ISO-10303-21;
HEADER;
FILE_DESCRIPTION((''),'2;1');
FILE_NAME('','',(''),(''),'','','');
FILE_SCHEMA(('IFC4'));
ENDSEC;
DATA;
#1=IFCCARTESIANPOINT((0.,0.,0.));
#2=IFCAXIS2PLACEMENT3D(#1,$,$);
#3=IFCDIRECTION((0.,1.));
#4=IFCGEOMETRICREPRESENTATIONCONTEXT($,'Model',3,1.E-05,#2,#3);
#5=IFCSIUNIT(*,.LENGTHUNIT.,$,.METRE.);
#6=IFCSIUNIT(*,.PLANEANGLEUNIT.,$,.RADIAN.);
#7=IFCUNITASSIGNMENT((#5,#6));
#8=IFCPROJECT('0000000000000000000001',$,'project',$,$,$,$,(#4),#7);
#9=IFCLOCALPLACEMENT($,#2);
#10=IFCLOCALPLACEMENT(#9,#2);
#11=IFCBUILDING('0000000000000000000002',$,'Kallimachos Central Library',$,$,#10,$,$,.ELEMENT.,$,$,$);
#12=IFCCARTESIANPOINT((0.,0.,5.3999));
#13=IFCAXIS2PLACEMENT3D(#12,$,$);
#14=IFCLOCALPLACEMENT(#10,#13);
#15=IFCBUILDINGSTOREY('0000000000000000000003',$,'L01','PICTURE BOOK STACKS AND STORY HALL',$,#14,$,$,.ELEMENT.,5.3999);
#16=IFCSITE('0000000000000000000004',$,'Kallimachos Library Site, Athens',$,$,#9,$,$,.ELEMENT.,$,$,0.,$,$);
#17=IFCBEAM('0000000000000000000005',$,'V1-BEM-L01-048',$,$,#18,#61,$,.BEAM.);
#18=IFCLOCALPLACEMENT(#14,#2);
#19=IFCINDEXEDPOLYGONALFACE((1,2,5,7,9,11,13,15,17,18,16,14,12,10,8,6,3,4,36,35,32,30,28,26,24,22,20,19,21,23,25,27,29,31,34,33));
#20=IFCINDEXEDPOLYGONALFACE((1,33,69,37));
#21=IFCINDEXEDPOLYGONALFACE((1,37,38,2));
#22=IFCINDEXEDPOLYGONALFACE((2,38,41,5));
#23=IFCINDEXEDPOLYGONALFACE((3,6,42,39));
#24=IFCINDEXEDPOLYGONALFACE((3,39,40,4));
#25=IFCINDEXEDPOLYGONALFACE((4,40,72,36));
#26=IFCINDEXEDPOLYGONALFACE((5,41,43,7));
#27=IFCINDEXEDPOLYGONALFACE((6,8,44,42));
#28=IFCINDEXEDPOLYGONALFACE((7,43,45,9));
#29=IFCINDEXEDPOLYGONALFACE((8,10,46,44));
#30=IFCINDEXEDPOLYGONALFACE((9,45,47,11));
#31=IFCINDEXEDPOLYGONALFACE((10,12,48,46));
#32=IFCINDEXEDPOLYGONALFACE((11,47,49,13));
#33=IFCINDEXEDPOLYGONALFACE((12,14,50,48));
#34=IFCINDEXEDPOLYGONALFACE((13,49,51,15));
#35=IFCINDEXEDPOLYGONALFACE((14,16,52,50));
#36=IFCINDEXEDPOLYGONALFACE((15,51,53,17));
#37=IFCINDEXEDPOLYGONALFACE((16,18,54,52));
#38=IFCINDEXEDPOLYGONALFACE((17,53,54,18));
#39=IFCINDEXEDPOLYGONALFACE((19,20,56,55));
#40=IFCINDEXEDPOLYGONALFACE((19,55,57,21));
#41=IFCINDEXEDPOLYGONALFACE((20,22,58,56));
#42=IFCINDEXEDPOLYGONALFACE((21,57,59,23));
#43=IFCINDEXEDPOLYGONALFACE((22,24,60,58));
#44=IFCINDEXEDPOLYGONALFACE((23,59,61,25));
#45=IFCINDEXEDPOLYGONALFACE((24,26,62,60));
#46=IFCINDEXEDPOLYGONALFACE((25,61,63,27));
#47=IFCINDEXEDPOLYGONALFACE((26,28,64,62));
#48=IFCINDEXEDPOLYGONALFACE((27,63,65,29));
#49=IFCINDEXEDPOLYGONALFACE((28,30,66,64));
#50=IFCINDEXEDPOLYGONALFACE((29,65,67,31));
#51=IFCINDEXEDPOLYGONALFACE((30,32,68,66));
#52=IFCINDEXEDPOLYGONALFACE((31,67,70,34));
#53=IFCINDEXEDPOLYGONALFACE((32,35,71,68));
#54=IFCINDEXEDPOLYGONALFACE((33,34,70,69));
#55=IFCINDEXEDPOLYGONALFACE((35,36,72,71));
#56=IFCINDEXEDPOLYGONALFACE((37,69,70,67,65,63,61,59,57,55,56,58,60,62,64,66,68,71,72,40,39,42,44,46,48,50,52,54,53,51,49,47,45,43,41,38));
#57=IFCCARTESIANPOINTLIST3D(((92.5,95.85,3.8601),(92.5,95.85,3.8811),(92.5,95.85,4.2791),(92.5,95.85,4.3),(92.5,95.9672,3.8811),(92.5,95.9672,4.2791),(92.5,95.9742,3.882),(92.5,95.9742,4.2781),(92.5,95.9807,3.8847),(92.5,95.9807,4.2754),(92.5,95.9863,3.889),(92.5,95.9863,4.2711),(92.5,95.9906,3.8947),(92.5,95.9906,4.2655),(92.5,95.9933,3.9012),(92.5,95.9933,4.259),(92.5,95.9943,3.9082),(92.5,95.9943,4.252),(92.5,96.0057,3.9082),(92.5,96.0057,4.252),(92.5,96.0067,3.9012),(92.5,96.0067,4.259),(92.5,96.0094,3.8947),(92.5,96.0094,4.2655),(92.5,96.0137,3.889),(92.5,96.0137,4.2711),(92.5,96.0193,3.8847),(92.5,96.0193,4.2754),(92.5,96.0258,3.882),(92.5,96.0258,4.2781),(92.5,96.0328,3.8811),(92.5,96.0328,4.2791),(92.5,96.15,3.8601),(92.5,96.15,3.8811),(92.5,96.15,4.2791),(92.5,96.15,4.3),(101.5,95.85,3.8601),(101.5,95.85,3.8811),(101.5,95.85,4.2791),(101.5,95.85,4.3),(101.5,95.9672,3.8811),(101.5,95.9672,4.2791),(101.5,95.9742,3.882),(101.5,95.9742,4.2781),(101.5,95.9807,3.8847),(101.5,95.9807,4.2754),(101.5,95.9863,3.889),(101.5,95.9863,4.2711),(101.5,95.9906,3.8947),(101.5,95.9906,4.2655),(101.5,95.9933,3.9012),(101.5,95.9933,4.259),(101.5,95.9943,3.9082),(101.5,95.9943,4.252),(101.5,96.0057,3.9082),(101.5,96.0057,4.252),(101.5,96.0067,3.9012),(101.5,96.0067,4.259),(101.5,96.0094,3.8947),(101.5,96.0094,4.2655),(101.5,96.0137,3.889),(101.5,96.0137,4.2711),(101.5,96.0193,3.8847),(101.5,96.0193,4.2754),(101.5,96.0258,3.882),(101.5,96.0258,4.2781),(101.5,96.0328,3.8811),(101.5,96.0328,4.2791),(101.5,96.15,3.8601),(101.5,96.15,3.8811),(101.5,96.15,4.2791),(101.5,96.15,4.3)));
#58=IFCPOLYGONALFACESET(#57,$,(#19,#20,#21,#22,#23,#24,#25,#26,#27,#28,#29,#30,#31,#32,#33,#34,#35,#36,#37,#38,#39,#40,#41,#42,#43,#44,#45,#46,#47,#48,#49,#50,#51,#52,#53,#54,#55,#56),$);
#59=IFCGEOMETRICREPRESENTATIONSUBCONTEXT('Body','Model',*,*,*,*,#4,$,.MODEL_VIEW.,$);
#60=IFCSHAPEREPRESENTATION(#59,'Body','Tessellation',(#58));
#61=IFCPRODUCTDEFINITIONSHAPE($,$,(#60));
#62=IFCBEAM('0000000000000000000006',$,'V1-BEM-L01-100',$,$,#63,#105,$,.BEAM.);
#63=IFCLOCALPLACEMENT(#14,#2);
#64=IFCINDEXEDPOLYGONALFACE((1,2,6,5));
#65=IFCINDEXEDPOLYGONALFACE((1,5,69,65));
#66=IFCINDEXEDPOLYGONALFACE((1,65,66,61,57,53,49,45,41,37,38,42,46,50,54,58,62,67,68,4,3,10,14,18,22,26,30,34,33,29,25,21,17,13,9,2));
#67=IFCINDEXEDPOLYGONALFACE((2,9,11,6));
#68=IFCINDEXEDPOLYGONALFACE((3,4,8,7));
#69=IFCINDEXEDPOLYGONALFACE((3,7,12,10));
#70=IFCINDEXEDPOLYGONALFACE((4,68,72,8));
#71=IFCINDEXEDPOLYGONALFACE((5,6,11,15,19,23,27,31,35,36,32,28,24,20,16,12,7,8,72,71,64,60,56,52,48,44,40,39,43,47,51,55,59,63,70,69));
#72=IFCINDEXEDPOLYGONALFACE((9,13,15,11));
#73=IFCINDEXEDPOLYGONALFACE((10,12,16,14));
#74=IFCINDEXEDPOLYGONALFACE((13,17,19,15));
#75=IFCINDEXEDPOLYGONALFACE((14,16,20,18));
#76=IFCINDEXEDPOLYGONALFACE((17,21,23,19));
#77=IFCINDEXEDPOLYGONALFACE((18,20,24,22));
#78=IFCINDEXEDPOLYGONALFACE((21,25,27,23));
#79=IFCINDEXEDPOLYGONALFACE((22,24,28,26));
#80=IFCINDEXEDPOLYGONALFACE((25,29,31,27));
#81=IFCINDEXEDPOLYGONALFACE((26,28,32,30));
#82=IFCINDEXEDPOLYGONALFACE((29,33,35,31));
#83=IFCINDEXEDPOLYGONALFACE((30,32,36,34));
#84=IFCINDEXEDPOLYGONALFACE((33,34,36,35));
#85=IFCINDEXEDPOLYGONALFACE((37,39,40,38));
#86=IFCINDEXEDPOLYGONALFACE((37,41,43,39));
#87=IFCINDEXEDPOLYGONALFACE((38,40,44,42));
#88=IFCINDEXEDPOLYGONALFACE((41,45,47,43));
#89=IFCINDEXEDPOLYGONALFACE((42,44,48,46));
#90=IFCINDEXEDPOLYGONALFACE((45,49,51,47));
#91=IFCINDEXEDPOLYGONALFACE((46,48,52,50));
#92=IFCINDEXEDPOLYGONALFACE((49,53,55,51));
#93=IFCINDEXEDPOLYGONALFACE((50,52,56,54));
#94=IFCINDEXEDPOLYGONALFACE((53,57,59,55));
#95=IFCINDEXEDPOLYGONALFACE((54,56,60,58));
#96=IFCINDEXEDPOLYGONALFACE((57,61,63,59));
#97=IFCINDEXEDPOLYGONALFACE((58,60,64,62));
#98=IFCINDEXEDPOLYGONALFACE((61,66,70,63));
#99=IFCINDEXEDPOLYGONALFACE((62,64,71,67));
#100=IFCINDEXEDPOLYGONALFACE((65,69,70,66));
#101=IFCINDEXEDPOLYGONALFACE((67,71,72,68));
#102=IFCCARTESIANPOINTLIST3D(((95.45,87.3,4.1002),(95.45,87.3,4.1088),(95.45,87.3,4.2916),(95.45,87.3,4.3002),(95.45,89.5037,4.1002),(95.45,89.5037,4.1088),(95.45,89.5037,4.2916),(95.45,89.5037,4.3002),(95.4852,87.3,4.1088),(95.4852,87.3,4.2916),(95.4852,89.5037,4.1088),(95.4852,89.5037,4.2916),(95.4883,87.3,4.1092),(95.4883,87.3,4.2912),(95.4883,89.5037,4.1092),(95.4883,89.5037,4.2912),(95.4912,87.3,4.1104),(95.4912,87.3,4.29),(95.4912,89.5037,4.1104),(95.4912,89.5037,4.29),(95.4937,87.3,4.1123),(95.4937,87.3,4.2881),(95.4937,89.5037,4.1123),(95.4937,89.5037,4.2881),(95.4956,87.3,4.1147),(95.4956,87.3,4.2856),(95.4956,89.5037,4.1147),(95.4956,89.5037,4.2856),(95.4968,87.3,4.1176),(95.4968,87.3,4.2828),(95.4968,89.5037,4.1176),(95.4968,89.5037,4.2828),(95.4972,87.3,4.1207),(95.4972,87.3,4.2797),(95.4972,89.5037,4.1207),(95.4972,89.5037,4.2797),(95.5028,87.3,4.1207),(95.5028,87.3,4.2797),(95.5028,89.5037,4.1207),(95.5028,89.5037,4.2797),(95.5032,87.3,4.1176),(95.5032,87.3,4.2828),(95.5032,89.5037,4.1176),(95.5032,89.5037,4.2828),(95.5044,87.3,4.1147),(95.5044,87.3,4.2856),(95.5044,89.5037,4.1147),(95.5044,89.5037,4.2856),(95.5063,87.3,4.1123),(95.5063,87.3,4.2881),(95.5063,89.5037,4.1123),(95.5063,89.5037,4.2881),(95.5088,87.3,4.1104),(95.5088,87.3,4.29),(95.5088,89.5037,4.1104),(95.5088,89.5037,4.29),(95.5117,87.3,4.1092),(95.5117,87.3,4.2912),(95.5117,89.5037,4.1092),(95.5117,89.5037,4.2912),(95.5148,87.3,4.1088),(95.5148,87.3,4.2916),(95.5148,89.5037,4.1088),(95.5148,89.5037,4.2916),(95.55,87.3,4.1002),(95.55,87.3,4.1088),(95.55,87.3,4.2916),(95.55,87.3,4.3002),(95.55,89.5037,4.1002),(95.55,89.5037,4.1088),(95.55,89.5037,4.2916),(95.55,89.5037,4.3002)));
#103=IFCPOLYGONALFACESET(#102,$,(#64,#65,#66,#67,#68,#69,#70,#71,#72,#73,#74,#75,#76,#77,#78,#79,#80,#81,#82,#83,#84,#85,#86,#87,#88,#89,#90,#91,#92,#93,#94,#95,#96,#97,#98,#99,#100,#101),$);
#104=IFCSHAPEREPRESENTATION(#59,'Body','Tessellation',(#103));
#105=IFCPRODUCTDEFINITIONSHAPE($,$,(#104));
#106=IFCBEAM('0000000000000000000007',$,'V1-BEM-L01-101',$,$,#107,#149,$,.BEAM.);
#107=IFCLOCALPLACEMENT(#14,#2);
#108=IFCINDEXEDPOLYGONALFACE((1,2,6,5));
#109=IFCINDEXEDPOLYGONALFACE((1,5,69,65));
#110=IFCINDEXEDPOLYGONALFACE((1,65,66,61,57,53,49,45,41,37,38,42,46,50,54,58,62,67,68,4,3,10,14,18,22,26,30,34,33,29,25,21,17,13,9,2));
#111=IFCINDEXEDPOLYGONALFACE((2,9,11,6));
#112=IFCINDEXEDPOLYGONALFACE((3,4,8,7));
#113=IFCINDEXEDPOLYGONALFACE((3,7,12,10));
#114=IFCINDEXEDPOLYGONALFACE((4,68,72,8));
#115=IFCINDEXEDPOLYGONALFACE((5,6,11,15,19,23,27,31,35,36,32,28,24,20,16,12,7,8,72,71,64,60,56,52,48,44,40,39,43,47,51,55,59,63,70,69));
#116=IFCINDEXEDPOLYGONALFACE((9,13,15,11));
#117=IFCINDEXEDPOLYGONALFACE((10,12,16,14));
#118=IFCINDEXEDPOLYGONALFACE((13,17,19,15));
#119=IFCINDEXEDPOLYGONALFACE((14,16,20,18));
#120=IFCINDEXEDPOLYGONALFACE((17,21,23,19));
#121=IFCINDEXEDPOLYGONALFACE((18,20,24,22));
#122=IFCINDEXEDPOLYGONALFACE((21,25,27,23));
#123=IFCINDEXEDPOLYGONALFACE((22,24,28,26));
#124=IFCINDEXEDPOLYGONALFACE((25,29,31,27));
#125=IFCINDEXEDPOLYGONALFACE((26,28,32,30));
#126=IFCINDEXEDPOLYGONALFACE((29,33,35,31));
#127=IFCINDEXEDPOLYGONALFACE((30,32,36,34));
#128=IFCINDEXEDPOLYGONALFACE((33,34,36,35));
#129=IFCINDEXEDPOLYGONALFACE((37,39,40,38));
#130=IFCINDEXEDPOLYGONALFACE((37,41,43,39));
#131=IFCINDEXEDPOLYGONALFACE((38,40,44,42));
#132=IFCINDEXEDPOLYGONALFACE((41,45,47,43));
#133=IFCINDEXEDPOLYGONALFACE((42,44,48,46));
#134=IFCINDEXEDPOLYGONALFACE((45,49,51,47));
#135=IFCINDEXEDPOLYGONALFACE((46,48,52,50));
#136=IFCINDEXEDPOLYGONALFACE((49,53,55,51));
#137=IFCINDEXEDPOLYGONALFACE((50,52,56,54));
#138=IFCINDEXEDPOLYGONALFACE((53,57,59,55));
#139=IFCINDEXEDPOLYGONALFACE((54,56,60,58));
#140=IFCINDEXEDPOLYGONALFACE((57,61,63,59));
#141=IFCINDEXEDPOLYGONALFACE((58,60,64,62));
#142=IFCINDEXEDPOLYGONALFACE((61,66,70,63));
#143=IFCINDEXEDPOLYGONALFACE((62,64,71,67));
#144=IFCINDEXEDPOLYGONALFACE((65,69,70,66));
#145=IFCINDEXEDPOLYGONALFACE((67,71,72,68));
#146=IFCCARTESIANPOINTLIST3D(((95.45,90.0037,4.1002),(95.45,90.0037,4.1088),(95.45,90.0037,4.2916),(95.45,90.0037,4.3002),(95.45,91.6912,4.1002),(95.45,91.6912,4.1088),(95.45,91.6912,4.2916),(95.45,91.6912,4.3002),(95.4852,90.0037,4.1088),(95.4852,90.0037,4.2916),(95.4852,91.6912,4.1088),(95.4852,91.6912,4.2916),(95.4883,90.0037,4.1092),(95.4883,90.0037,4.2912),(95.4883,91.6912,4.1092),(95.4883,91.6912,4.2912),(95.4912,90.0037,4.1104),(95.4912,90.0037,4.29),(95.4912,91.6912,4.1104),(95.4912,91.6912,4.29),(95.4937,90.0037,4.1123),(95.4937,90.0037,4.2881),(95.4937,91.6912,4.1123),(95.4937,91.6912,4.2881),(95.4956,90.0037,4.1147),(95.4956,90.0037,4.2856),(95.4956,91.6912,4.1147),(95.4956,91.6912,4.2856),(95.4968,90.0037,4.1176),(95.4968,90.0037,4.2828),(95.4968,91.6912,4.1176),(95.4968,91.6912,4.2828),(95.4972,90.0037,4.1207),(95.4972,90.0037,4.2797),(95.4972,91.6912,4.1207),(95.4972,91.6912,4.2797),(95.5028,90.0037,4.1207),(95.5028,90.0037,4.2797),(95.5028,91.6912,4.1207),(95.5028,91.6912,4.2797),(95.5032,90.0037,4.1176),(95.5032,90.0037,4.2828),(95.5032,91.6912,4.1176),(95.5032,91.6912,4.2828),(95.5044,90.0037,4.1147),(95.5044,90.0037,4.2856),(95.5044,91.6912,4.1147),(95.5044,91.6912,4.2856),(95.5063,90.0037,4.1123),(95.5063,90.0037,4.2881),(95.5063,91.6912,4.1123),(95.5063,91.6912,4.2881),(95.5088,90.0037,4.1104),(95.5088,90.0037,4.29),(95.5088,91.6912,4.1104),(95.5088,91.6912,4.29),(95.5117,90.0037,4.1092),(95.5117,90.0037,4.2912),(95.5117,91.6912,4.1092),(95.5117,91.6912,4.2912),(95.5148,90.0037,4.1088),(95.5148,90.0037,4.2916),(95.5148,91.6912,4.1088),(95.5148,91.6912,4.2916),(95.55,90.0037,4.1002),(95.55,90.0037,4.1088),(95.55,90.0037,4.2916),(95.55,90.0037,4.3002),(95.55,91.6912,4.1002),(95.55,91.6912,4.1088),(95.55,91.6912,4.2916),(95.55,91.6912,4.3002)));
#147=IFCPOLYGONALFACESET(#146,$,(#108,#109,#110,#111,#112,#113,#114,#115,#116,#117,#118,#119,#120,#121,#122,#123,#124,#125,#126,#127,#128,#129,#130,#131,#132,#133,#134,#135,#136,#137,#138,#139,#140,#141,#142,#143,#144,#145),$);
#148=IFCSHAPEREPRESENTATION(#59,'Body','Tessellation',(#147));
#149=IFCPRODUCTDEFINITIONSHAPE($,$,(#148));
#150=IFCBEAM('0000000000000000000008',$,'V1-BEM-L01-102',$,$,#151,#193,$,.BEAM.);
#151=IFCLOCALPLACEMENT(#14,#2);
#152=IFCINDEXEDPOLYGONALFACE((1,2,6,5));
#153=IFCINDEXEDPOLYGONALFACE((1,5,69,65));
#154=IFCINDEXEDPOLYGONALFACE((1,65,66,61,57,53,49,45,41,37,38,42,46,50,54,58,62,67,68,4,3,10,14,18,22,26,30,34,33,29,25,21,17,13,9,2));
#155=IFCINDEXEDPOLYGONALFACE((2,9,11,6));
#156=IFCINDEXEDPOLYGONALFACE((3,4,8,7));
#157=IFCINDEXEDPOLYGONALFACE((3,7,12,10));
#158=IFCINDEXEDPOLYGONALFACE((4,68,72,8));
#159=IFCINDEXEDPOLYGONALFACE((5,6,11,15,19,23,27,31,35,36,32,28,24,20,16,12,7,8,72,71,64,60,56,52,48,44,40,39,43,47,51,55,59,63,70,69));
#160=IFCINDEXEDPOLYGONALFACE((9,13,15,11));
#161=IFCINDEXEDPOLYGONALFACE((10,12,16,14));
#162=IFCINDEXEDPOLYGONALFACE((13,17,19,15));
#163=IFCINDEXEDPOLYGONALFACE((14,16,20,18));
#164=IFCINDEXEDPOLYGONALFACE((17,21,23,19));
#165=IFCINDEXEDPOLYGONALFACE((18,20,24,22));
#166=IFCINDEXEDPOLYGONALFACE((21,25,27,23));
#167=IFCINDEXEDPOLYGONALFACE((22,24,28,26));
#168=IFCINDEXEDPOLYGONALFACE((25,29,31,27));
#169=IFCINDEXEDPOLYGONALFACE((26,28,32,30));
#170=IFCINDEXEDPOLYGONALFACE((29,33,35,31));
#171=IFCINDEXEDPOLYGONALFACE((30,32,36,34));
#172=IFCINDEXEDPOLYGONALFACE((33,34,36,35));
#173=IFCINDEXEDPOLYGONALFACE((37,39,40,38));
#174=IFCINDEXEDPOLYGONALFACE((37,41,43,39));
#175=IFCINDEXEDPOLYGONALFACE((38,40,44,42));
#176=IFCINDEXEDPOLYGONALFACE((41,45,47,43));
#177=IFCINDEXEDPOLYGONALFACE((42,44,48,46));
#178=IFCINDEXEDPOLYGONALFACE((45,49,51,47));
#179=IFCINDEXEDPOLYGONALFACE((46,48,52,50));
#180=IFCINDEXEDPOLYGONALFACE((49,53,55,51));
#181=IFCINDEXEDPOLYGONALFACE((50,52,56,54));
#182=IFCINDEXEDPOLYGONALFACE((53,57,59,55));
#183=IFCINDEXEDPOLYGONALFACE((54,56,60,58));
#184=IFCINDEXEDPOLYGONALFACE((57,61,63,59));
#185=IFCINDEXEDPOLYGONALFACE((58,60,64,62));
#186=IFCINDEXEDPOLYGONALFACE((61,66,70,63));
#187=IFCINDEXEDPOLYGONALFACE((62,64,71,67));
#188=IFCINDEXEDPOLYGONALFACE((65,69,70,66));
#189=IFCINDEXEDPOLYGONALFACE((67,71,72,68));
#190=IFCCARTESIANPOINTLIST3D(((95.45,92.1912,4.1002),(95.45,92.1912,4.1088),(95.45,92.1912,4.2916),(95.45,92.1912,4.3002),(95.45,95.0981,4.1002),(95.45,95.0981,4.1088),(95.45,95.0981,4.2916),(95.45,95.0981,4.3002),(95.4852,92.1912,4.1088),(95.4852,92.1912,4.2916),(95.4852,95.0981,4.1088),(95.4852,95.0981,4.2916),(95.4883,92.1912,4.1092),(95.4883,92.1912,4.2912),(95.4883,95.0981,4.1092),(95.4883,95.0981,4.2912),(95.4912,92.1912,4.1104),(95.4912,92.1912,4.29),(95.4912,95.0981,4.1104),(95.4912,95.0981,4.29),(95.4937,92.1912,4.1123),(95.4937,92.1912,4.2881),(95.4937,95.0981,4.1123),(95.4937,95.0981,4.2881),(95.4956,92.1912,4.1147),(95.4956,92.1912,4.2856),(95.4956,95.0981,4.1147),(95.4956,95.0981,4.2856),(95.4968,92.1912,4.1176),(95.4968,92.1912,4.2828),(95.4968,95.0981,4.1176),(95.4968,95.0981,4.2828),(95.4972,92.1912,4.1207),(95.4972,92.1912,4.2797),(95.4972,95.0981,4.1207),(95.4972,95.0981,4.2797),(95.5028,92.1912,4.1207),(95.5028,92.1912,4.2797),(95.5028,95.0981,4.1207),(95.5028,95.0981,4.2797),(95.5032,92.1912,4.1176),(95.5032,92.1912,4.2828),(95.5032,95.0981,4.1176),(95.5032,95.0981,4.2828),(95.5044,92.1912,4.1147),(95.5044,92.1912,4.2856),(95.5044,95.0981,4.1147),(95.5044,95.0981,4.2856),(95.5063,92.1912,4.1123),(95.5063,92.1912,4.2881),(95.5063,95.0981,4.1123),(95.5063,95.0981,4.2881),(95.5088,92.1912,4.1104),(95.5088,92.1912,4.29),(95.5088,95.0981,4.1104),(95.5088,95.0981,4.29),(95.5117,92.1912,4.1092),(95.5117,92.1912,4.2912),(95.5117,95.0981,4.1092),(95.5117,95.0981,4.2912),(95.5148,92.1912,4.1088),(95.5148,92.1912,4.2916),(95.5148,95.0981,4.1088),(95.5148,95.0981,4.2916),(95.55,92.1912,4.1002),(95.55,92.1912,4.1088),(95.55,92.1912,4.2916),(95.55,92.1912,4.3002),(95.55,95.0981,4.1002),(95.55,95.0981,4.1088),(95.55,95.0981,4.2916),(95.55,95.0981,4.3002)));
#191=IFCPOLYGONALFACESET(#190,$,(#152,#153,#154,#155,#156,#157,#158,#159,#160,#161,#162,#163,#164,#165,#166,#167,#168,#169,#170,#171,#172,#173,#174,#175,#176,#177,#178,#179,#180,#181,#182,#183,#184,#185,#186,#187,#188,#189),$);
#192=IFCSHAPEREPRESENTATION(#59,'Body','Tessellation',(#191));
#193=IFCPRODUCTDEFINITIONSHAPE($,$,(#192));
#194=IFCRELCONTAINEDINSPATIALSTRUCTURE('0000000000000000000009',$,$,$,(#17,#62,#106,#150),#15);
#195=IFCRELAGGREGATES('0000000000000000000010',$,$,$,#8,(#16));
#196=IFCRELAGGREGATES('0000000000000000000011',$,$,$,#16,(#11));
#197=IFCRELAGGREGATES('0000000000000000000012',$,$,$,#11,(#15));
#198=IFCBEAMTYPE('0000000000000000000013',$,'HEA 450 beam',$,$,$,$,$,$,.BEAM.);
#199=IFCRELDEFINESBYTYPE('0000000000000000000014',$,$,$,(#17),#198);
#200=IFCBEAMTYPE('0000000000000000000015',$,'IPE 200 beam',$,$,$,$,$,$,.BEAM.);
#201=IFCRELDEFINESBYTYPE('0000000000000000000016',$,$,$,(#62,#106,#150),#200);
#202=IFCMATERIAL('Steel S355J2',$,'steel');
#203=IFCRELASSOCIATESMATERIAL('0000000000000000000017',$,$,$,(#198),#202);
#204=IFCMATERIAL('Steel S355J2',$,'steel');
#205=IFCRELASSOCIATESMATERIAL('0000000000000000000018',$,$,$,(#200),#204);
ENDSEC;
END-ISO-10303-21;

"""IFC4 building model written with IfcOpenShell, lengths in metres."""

from ifc_helpers import new_model, si_unit, direction, frame, origin, origin_2d, place, context, subcontext, project, spatial, i_section, extrude, material, material_profile, profile_set, type_object, element, save


model = new_model("IFC4")

# Units and contexts
model_context = context("Model", 3, precision=1e-05, world=origin(), true_north=direction((0.0, 1.0)))
body_context = subcontext(model_context, "Body", "Model", "MODEL_VIEW")
ifc_project = project(units=[si_unit("LENGTHUNIT", "METRE"), si_unit("PLANEANGLEUNIT", "RADIAN")], contexts=[model_context])

# Site, building, storey
site_placement = place(None, origin())
site = spatial("IfcSite", under=ifc_project, at=site_placement, Name="Kallimachos Library Site, Athens", CompositionType="ELEMENT", RefElevation=0.0)
building_placement = place(site_placement, origin())
building = spatial("IfcBuilding", under=site, at=building_placement, Name="Kallimachos Central Library", CompositionType="ELEMENT")
storey_placement = place(building_placement, frame((0.0, 0.0, 5.3999)))
storey = spatial("IfcBuildingStorey", under=building, at=storey_placement, Name="L01", Description="PICTURE BOOK STACKS AND STORY HALL", CompositionType="ELEMENT", Elevation=5.3999)

# Beams
ifc_material_1 = material(Name="Steel S355J2", Category="steel")
ifc_material_profile_1 = material_profile(ifc_material_1, i_section(OverallWidth=0.3, OverallDepth=0.4399, WebThickness=0.0115, FlangeThickness=0.021, FilletRadius=0.0271, at=origin_2d()), Name="HEA 450")
ifc_profile_set_1 = profile_set([ifc_material_profile_1], Name="Steel S355J2")
beam_type_1 = type_object("IfcBeamType", Name="HEA 450 beam", PredefinedType="BEAM", material=ifc_profile_set_1)
for number, where, z_axis, x_axis, name in (
    (1, (92.5, 96.0, 4.0801), (1.0, 0.0, 0.0), (0.0, 1.0, 0.0), "V1-BEM-L01-048"),
):
    element("IfcBeam", number, at=place(storey_placement, frame(where, z_axis=z_axis, x_axis=x_axis)), inside=storey, type_object=beam_type_1, Name=name, PredefinedType="BEAM", context=body_context, shape_type="SweptSolid", body=[
        extrude(i_section(OverallWidth=0.3, OverallDepth=0.4399, WebThickness=0.0115, FlangeThickness=0.021, FilletRadius=0.0271, at=origin_2d()), origin(), (0.0, 0.0, 1.0), 9.0),
    ])
ifc_material_2 = material(Name="Steel S355J2", Category="steel")
ifc_material_profile_2 = material_profile(ifc_material_2, i_section(OverallWidth=0.1001, OverallDepth=0.2, WebThickness=0.0056, FlangeThickness=0.0085, FilletRadius=0.012, at=origin_2d()), Name="IPE 200")
ifc_profile_set_2 = profile_set([ifc_material_profile_2], Name="Steel S355J2")
beam_type_2 = type_object("IfcBeamType", Name="IPE 200 beam", PredefinedType="BEAM", material=ifc_profile_set_2)
beam_1_placement = place(storey_placement, frame((95.5, 87.3, 4.2002), z_axis=(0.0, 1.0, 0.0), x_axis=(-1.0, 0.0, 0.0)))
element("IfcBeam", 2, at=beam_1_placement, inside=storey, type_object=beam_type_2, Name="V1-BEM-L01-100", PredefinedType="BEAM", context=body_context, shape_type="SweptSolid", body=[
    extrude(i_section(OverallWidth=0.1001, OverallDepth=0.2, WebThickness=0.0056, FlangeThickness=0.0085, FilletRadius=0.012, at=origin_2d()), origin(), (0.0, 0.0, 1.0), 2.2036),
])
beam_2_placement = place(storey_placement, frame((95.5, 90.0037, 4.2002), z_axis=(0.0, 1.0, 0.0), x_axis=(-1.0, 0.0, 0.0)))
element("IfcBeam", 3, at=beam_2_placement, inside=storey, type_object=beam_type_2, Name="V1-BEM-L01-101", PredefinedType="BEAM", context=body_context, shape_type="SweptSolid", body=[
    extrude(i_section(OverallWidth=0.1001, OverallDepth=0.2, WebThickness=0.0056, FlangeThickness=0.0085, FilletRadius=0.012, at=origin_2d()), origin(), (0.0, 0.0, 1.0), 1.6875),
])
beam_3_placement = place(storey_placement, frame((95.5, 92.1912, 4.2002), z_axis=(0.0, 1.0, 0.0), x_axis=(-1.0, 0.0, 0.0)))
element("IfcBeam", 4, at=beam_3_placement, inside=storey, type_object=beam_type_2, Name="V1-BEM-L01-102", PredefinedType="BEAM", context=body_context, shape_type="SweptSolid", body=[
    extrude(i_section(OverallWidth=0.1001, OverallDepth=0.2, WebThickness=0.0056, FlangeThickness=0.0085, FilletRadius=0.012, at=origin_2d()), origin(), (0.0, 0.0, 1.0), 2.907),
])

save(model, "model.ifc")
